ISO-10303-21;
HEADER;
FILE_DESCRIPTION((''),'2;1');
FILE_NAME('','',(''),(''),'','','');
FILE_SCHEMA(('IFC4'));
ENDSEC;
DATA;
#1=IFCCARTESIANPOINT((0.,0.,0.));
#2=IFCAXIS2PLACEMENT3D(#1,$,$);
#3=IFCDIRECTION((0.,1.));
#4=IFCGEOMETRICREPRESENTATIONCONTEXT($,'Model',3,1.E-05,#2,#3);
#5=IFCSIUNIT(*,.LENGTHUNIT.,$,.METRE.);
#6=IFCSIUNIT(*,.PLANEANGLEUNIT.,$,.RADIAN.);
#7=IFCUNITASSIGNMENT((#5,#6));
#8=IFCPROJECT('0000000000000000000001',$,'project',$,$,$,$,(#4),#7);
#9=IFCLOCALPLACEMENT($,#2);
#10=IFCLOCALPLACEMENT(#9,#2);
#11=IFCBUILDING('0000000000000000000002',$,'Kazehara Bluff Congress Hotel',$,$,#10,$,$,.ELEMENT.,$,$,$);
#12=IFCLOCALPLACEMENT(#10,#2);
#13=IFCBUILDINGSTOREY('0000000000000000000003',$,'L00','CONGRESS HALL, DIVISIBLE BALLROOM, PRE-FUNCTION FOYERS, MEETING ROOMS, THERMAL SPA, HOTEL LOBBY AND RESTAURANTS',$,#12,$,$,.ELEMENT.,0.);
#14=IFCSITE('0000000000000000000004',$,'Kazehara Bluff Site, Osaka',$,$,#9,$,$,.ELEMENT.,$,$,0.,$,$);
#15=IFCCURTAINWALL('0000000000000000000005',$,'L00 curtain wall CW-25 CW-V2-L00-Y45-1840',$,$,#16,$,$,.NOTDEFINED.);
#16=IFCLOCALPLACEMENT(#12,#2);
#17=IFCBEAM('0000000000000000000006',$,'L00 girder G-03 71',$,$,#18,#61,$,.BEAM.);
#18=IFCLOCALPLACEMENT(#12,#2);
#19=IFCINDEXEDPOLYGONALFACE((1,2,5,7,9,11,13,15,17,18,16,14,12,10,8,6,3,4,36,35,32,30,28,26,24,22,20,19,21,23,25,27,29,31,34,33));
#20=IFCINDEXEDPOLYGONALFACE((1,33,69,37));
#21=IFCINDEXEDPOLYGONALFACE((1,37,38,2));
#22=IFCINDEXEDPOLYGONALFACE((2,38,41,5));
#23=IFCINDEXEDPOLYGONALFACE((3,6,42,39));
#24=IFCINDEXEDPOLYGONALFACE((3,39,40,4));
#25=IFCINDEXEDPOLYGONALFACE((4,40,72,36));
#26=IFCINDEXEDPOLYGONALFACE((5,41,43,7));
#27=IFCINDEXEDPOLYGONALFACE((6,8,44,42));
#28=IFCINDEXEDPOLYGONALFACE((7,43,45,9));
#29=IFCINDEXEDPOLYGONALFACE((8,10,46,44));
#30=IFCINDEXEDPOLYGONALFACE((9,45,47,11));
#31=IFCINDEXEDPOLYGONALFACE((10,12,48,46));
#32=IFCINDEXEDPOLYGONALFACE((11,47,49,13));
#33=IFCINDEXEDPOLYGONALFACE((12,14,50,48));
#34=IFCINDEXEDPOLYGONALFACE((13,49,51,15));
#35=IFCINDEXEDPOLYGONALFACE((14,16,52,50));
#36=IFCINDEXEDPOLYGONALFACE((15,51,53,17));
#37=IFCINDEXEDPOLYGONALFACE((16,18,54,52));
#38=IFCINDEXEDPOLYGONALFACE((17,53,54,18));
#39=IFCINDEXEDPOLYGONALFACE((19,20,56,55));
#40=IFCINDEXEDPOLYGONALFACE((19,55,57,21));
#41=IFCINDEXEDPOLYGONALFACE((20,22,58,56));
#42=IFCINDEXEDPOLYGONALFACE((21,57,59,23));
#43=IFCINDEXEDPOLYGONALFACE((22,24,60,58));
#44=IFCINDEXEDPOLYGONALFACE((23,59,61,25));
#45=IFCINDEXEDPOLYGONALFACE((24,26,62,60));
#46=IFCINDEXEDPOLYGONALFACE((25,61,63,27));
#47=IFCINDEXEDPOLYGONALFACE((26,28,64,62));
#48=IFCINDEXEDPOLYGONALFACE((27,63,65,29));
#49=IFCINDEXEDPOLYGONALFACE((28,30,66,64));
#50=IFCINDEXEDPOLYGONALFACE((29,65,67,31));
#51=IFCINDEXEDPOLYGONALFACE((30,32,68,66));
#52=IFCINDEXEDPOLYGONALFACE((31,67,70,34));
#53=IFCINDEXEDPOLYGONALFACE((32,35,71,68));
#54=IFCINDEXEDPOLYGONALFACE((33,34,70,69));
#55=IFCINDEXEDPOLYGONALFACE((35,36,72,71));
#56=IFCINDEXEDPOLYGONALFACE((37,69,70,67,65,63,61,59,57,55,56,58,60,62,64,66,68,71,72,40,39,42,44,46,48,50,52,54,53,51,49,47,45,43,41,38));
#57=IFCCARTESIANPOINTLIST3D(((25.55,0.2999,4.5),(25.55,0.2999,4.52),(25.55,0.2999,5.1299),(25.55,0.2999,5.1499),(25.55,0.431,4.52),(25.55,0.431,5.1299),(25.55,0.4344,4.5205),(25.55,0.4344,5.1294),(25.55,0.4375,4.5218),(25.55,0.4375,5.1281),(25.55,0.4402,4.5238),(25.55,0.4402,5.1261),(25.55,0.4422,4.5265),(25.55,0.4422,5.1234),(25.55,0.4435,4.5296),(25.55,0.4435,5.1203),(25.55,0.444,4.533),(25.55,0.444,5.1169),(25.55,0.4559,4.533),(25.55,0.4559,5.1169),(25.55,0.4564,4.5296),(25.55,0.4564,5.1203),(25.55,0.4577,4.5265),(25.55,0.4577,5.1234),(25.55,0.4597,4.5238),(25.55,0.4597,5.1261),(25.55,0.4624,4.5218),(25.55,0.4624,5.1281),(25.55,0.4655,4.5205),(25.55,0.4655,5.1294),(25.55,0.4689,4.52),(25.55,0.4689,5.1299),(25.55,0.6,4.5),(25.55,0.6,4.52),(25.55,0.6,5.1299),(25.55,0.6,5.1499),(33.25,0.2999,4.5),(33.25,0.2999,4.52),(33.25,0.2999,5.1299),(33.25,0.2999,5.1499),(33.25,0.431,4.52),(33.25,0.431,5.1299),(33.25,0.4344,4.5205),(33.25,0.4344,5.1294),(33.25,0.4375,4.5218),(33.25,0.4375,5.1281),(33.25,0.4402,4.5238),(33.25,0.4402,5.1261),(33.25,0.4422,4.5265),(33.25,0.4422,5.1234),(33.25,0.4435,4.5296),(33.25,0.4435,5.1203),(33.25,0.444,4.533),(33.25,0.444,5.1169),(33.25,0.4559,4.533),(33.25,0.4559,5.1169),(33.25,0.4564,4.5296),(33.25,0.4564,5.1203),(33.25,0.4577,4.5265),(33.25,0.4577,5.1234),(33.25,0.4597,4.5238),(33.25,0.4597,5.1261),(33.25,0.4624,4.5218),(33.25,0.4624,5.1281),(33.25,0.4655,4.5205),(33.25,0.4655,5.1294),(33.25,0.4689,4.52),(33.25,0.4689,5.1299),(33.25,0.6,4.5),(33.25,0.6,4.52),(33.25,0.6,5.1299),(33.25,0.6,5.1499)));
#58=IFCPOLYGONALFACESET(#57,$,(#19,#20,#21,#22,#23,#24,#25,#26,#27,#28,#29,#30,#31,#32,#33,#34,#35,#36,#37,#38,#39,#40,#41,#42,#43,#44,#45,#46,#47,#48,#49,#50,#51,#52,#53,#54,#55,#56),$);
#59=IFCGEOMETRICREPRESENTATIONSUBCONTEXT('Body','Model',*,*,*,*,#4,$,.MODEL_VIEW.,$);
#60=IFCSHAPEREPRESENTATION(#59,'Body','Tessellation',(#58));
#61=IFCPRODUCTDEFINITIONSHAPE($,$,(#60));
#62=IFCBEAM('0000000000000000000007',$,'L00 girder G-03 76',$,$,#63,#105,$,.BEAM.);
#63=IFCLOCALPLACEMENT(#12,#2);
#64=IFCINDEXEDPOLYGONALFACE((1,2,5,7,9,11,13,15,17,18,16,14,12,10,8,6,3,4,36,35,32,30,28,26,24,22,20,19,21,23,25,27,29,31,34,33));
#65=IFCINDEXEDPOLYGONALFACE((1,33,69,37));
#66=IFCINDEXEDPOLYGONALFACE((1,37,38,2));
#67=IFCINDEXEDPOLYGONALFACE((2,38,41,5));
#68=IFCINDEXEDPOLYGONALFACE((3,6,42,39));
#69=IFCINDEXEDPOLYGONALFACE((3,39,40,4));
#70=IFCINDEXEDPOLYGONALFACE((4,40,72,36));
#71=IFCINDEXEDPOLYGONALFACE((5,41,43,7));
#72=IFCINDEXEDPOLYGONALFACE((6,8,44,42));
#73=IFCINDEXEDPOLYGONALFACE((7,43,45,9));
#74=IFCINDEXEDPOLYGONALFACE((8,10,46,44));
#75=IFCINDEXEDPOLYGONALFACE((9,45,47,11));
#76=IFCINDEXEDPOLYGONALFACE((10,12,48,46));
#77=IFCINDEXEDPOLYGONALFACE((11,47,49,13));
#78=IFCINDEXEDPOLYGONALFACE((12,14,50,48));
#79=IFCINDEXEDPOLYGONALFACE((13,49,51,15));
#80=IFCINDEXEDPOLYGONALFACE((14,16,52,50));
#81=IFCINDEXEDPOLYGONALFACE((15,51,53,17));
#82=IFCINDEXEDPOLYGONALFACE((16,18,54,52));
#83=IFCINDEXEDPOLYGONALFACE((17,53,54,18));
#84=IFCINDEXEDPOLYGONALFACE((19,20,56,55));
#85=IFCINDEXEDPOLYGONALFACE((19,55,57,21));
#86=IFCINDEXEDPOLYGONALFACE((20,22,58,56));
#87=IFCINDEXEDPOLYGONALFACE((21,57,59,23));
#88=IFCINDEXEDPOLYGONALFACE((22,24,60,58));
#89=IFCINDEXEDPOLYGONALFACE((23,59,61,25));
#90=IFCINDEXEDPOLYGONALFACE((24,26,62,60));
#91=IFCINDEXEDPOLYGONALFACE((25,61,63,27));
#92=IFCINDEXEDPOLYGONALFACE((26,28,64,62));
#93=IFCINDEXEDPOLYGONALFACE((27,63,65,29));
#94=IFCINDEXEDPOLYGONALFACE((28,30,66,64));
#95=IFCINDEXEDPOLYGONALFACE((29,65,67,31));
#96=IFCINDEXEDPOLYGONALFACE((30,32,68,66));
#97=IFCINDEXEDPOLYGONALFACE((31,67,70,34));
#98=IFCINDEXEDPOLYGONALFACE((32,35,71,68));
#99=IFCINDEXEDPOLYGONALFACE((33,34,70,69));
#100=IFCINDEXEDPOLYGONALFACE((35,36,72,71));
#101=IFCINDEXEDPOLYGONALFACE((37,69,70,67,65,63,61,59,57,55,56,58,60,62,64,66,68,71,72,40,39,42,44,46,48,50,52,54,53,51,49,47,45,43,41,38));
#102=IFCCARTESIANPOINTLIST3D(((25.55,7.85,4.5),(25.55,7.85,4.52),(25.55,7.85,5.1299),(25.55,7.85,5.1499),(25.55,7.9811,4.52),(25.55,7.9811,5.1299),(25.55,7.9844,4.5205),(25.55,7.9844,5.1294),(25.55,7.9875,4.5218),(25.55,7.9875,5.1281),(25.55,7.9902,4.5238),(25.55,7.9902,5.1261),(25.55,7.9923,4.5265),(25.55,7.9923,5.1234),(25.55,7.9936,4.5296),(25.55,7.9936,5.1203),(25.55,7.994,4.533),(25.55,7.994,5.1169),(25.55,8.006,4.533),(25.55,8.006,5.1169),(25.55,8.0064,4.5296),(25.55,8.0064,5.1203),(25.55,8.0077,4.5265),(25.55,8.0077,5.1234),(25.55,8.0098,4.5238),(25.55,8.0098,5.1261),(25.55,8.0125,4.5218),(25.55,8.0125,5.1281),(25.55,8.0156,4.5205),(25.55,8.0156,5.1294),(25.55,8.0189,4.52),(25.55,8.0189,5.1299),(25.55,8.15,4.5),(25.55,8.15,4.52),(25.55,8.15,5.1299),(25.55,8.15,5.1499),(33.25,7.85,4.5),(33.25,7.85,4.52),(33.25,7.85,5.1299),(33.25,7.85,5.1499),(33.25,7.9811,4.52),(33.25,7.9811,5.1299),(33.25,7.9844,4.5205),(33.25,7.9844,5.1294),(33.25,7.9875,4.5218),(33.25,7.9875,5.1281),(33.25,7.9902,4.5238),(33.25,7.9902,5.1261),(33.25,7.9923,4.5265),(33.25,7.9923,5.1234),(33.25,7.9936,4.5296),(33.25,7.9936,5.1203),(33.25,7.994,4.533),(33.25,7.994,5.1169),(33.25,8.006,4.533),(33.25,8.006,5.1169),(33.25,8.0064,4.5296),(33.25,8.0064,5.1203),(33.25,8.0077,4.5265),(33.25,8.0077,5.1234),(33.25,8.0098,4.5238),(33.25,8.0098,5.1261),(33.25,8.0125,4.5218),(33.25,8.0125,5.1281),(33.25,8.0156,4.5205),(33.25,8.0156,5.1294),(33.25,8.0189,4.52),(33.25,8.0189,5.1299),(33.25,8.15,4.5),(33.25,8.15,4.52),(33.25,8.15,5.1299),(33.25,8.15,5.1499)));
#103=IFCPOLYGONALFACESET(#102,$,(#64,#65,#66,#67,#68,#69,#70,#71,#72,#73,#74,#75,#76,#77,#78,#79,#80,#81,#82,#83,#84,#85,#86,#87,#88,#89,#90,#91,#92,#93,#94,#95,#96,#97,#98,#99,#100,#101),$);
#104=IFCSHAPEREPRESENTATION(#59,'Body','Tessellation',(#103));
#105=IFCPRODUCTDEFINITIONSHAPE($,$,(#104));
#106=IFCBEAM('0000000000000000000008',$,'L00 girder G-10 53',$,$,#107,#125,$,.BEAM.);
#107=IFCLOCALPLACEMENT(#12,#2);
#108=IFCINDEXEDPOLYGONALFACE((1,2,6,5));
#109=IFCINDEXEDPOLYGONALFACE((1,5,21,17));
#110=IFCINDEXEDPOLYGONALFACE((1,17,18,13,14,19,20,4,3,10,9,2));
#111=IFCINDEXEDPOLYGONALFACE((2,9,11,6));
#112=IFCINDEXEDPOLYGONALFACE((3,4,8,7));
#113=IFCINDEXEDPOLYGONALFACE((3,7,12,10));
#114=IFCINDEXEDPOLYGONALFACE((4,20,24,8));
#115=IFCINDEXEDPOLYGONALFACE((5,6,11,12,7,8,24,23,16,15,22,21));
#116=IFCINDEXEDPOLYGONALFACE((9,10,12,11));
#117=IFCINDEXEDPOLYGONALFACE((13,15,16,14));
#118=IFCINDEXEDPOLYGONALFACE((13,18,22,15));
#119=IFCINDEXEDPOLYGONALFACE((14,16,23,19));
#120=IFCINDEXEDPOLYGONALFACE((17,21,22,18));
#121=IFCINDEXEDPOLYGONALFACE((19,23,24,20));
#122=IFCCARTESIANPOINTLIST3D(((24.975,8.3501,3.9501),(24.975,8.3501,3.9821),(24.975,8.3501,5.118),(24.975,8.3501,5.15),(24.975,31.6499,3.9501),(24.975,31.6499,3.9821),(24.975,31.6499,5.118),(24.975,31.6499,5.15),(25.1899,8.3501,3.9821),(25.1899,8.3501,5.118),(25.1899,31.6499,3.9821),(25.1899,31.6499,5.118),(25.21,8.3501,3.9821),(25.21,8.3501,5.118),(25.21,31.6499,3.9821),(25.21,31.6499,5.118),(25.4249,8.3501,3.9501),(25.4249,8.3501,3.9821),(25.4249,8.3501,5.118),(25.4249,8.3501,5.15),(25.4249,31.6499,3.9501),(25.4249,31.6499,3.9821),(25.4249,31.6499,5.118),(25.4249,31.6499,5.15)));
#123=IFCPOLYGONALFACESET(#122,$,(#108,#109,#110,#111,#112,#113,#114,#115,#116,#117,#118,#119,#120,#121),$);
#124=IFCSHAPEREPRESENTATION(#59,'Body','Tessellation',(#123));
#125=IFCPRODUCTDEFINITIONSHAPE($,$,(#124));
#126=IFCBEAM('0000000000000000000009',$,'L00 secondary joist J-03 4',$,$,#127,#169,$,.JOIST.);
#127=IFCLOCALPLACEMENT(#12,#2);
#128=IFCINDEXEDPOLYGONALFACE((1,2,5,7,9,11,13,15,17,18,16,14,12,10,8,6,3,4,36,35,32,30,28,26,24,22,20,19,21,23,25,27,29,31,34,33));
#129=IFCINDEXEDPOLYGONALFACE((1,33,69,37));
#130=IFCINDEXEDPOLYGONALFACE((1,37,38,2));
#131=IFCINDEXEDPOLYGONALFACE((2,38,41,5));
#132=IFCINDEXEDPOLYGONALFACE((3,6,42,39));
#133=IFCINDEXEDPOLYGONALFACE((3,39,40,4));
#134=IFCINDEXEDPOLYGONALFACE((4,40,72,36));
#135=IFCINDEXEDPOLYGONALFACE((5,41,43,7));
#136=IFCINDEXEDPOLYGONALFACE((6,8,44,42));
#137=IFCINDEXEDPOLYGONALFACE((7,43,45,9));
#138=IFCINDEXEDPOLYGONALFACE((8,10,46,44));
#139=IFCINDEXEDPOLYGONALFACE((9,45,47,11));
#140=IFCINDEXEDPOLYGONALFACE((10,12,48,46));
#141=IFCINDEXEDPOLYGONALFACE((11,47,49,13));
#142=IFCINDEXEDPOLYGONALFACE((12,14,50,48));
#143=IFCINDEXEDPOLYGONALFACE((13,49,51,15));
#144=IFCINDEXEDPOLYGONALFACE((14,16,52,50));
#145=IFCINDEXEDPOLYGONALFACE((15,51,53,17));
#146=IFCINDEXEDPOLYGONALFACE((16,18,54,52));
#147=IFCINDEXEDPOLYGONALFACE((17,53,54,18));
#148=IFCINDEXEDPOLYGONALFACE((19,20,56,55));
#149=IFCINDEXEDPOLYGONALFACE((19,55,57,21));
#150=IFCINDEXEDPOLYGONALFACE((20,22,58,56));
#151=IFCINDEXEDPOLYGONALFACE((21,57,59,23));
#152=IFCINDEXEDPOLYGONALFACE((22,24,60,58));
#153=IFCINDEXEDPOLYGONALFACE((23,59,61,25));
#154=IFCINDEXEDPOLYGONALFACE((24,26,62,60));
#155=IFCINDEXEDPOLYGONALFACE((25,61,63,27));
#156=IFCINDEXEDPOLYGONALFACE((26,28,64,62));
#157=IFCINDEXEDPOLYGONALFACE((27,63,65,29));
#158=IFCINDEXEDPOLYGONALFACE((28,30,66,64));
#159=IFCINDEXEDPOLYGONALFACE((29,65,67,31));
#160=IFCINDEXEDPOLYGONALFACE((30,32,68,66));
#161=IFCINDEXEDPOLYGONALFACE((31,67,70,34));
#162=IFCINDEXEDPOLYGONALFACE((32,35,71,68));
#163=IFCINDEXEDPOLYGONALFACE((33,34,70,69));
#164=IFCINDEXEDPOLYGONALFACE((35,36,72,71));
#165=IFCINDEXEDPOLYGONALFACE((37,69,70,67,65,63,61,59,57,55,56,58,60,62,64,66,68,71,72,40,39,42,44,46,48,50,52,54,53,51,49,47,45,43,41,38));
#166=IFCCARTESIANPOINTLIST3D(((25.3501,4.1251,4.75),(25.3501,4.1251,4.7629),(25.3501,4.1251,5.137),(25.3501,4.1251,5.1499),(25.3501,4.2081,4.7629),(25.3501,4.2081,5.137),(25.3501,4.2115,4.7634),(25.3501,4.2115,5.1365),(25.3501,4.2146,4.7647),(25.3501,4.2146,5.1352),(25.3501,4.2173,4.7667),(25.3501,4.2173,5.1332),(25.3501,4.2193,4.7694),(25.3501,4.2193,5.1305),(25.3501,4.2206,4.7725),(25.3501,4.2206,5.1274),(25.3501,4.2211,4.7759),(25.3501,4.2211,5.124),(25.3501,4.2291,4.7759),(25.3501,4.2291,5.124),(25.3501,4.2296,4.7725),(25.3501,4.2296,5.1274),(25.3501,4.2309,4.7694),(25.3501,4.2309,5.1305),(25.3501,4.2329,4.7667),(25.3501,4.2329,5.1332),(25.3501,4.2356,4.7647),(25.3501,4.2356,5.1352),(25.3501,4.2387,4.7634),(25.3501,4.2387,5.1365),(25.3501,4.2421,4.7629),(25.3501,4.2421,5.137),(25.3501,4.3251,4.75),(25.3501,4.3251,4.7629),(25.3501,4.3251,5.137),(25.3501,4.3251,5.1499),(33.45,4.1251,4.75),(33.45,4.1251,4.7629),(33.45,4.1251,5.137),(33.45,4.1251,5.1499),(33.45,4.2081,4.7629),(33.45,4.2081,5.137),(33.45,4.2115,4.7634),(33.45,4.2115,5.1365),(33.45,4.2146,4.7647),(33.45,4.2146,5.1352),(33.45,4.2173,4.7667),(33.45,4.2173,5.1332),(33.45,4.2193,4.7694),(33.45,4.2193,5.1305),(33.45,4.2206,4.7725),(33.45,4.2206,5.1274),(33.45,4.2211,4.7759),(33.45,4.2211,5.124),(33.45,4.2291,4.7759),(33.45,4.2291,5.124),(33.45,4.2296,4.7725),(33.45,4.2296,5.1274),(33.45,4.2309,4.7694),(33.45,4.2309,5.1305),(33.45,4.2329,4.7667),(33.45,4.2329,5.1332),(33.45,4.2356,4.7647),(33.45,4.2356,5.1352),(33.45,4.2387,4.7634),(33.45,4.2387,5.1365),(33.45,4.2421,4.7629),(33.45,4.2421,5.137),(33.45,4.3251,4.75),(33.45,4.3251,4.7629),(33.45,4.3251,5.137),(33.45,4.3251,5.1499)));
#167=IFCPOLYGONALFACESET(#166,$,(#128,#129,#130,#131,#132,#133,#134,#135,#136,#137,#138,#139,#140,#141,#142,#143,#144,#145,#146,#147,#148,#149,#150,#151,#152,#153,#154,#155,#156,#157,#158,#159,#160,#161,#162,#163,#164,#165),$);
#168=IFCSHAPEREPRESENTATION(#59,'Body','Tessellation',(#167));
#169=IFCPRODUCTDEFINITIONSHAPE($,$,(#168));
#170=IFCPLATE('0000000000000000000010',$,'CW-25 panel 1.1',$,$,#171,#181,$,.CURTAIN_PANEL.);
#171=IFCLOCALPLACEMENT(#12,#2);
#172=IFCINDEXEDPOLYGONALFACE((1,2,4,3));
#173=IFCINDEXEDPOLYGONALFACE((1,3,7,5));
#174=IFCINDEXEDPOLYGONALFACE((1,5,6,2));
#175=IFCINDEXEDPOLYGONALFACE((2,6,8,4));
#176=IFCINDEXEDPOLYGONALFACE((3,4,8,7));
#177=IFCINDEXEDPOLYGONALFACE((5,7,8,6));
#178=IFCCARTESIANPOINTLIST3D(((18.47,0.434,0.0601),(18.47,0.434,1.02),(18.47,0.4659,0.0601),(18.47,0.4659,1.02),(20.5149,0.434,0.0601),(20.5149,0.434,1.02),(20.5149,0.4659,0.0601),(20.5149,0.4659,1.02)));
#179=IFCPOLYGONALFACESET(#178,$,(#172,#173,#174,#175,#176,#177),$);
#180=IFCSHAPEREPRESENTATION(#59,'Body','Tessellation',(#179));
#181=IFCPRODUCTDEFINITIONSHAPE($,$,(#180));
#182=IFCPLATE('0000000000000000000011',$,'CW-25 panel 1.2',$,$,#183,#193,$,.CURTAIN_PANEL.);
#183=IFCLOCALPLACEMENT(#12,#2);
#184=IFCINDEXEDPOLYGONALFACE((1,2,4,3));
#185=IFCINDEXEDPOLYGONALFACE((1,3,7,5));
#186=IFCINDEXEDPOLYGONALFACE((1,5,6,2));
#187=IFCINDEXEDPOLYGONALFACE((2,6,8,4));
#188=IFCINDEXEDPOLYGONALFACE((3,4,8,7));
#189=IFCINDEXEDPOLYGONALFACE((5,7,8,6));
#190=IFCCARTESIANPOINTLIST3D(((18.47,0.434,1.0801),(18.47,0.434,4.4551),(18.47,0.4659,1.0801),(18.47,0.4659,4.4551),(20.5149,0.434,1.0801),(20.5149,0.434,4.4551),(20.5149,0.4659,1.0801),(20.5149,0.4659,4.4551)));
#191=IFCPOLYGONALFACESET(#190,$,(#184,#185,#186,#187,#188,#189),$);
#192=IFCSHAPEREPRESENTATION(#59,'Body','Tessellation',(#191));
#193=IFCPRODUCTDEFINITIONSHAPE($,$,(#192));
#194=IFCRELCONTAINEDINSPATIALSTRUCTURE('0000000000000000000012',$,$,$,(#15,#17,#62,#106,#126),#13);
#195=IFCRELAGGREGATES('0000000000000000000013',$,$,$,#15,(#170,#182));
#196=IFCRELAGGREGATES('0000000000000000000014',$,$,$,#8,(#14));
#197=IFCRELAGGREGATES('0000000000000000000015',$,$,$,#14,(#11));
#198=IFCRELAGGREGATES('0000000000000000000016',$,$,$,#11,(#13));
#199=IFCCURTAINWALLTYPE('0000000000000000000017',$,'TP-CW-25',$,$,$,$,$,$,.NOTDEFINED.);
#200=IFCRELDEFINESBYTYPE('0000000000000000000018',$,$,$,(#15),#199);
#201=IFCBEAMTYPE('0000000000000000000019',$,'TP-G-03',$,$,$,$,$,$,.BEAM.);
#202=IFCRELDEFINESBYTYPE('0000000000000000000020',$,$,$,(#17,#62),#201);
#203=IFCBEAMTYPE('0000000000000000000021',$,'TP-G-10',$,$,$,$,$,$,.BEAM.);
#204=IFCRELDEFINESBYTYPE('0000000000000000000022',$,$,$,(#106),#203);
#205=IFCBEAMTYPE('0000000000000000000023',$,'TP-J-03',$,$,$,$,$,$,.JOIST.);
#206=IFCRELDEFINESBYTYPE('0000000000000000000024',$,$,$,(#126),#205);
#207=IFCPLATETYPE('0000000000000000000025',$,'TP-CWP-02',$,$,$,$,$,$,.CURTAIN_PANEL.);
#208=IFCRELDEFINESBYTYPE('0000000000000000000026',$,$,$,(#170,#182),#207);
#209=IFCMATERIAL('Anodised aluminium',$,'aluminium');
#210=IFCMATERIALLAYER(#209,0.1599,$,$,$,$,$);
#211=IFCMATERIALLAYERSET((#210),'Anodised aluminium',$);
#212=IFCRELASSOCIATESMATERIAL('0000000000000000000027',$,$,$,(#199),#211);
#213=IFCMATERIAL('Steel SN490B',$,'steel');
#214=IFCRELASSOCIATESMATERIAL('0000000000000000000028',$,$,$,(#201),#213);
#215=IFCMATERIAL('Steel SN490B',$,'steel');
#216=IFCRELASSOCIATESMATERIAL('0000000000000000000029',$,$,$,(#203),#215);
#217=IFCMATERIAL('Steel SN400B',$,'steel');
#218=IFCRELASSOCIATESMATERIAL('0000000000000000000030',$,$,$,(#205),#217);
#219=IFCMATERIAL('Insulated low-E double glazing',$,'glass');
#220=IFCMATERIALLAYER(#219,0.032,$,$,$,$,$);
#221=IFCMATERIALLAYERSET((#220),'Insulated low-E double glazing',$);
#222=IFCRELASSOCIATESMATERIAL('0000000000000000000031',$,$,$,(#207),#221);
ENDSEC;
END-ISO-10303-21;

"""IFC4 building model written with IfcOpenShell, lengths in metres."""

from ifc_helpers import new_model, si_unit, direction, frame, origin, origin_2d, place, context, subcontext, project, spatial, rectangle, i_section, extrude, material, layer, layer_set, material_profile, profile_set, type_object, element, aggregate, save


model = new_model("IFC4")

# Units and contexts
model_context = context("Model", 3, precision=1e-05, world=origin(), true_north=direction((0.0, 1.0)))
body_context = subcontext(model_context, "Body", "Model", "MODEL_VIEW")
ifc_project = project(units=[si_unit("LENGTHUNIT", "METRE"), si_unit("PLANEANGLEUNIT", "RADIAN")], contexts=[model_context])

# Site, building, storey
site_placement = place(None, origin())
site = spatial("IfcSite", under=ifc_project, at=site_placement, Name="Kazehara Bluff Site, Osaka", CompositionType="ELEMENT", RefElevation=0.0)
building_placement = place(site_placement, origin())
building = spatial("IfcBuilding", under=site, at=building_placement, Name="Kazehara Bluff Congress Hotel", CompositionType="ELEMENT")
storey_placement = place(building_placement, origin())
storey = spatial("IfcBuildingStorey", under=building, at=storey_placement, Name="L00", Description="CONGRESS HALL, DIVISIBLE BALLROOM, PRE-FUNCTION FOYERS, MEETING ROOMS, THERMAL SPA, HOTEL LOBBY AND RESTAURANTS", CompositionType="ELEMENT", Elevation=0.0)

# Curtain wall
ifc_material_1 = material(Name="Anodised aluminium", Category="aluminium")
ifc_layer_1 = layer(ifc_material_1, 0.1599)
ifc_layer_set_1 = layer_set([ifc_layer_1], Name="Anodised aluminium")
curtain_wall_type_1 = type_object("IfcCurtainWallType", Name="TP-CW-25", PredefinedType="NOTDEFINED", material=ifc_layer_set_1)
curtain_wall_1_placement = place(storey_placement, origin())
curtain_wall_1 = element("IfcCurtainWall", 1, at=curtain_wall_1_placement, inside=storey, type_object=curtain_wall_type_1, Name="L00 curtain wall CW-25 CW-V2-L00-Y45-1840", PredefinedType="NOTDEFINED")

# Beams
ifc_material_2 = material(Name="Steel SN490B", Category="steel")
ifc_material_profile_1 = material_profile(ifc_material_2, i_section(OverallWidth=0.3, OverallDepth=0.6499, WebThickness=0.012, FlangeThickness=0.02, FilletRadius=0.0129, at=origin_2d()))
ifc_profile_set_1 = profile_set([ifc_material_profile_1], Name="Steel SN490B")
beam_type_1 = type_object("IfcBeamType", Name="TP-G-03", PredefinedType="BEAM", material=ifc_profile_set_1)
for number, where, z_axis, x_axis, name in (
    (2, (25.55, 0.45, 4.825), (1.0, 0.0, 0.0), (0.0, 1.0, 0.0), "L00 girder G-03 71"),
    (3, (25.55, 8.0, 4.825), (1.0, 0.0, 0.0), (0.0, 1.0, 0.0), "L00 girder G-03 76"),
):
    element("IfcBeam", number, at=place(storey_placement, frame(where, z_axis=z_axis, x_axis=x_axis)), inside=storey, type_object=beam_type_1, Name=name, PredefinedType="BEAM", context=body_context, shape_type="SweptSolid", body=[
        extrude(i_section(OverallWidth=0.3, OverallDepth=0.6499, WebThickness=0.012, FlangeThickness=0.02, FilletRadius=0.0129, at=origin_2d()), origin(), (0.0, 0.0, 1.0), 7.7),
    ])
ifc_material_3 = material(Name="Steel SN490B", Category="steel")
ifc_material_profile_2 = material_profile(ifc_material_3, i_section(OverallWidth=0.45, OverallDepth=1.2, WebThickness=0.02, FlangeThickness=0.032, at=origin_2d()))
ifc_profile_set_2 = profile_set([ifc_material_profile_2], Name="Steel SN490B")
beam_type_2 = type_object("IfcBeamType", Name="TP-G-10", PredefinedType="BEAM", material=ifc_profile_set_2)
beam_1_placement = place(storey_placement, frame((25.2, 8.3501, 4.55), z_axis=(0.0, 1.0, 0.0), x_axis=(-1.0, 0.0, 0.0)))
element("IfcBeam", 4, at=beam_1_placement, inside=storey, type_object=beam_type_2, Name="L00 girder G-10 53", PredefinedType="BEAM", context=body_context, shape_type="SweptSolid", body=[
    extrude(i_section(OverallWidth=0.45, OverallDepth=1.2, WebThickness=0.02, FlangeThickness=0.032, at=origin_2d()), origin(), (0.0, 0.0, 1.0), 23.2998),
])
ifc_material_4 = material(Name="Steel SN400B", Category="steel")
ifc_material_profile_3 = material_profile(ifc_material_4, i_section(OverallWidth=0.2, OverallDepth=0.3999, WebThickness=0.0081, FlangeThickness=0.0129, FilletRadius=0.0129, at=origin_2d()))
ifc_profile_set_3 = profile_set([ifc_material_profile_3], Name="Steel SN400B")
beam_type_3 = type_object("IfcBeamType", Name="TP-J-03", PredefinedType="JOIST", material=ifc_profile_set_3)
beam_2_placement = place(storey_placement, frame((25.3501, 4.2251, 4.95), z_axis=(1.0, 0.0, 0.0), x_axis=(0.0, 1.0, 0.0)))
element("IfcBeam", 5, at=beam_2_placement, inside=storey, type_object=beam_type_3, Name="L00 secondary joist J-03 4", PredefinedType="JOIST", context=body_context, shape_type="SweptSolid", body=[
    extrude(i_section(OverallWidth=0.2, OverallDepth=0.3999, WebThickness=0.0081, FlangeThickness=0.0129, FilletRadius=0.0129, at=origin_2d()), origin(), (0.0, 0.0, 1.0), 8.0999),
])

# Plates
ifc_material_5 = material(Name="Insulated low-E double glazing", Category="glass")
ifc_layer_2 = layer(ifc_material_5, 0.032)
ifc_layer_set_2 = layer_set([ifc_layer_2], Name="Insulated low-E double glazing")
plate_type = type_object("IfcPlateType", Name="TP-CWP-02", PredefinedType="CURTAIN_PANEL", material=ifc_layer_set_2)
plate_1_placement = place(storey_placement, frame((19.4924, 0.45, 0.0601), z_axis=(0.0, 0.0, 1.0), x_axis=(1.0, 0.0, 0.0)))
plate_1 = element("IfcPlate", 6, at=plate_1_placement, type_object=plate_type, Name="CW-25 panel 1.1", PredefinedType="CURTAIN_PANEL", context=body_context, shape_type="SweptSolid", body=[
    extrude(rectangle(XDim=2.0449, YDim=0.032, at=origin_2d()), origin(), (0.0, 0.0, 1.0), 0.96),
])
plate_2_placement = place(storey_placement, frame((19.4924, 0.45, 1.0801), z_axis=(0.0, 0.0, 1.0), x_axis=(1.0, 0.0, 0.0)))
plate_2 = element("IfcPlate", 7, at=plate_2_placement, type_object=plate_type, Name="CW-25 panel 1.2", PredefinedType="CURTAIN_PANEL", context=body_context, shape_type="SweptSolid", body=[
    extrude(rectangle(XDim=2.0449, YDim=0.032, at=origin_2d()), origin(), (0.0, 0.0, 1.0), 3.375),
])
aggregate(curtain_wall_1, [plate_1, plate_2])

save(model, "model.ifc")
